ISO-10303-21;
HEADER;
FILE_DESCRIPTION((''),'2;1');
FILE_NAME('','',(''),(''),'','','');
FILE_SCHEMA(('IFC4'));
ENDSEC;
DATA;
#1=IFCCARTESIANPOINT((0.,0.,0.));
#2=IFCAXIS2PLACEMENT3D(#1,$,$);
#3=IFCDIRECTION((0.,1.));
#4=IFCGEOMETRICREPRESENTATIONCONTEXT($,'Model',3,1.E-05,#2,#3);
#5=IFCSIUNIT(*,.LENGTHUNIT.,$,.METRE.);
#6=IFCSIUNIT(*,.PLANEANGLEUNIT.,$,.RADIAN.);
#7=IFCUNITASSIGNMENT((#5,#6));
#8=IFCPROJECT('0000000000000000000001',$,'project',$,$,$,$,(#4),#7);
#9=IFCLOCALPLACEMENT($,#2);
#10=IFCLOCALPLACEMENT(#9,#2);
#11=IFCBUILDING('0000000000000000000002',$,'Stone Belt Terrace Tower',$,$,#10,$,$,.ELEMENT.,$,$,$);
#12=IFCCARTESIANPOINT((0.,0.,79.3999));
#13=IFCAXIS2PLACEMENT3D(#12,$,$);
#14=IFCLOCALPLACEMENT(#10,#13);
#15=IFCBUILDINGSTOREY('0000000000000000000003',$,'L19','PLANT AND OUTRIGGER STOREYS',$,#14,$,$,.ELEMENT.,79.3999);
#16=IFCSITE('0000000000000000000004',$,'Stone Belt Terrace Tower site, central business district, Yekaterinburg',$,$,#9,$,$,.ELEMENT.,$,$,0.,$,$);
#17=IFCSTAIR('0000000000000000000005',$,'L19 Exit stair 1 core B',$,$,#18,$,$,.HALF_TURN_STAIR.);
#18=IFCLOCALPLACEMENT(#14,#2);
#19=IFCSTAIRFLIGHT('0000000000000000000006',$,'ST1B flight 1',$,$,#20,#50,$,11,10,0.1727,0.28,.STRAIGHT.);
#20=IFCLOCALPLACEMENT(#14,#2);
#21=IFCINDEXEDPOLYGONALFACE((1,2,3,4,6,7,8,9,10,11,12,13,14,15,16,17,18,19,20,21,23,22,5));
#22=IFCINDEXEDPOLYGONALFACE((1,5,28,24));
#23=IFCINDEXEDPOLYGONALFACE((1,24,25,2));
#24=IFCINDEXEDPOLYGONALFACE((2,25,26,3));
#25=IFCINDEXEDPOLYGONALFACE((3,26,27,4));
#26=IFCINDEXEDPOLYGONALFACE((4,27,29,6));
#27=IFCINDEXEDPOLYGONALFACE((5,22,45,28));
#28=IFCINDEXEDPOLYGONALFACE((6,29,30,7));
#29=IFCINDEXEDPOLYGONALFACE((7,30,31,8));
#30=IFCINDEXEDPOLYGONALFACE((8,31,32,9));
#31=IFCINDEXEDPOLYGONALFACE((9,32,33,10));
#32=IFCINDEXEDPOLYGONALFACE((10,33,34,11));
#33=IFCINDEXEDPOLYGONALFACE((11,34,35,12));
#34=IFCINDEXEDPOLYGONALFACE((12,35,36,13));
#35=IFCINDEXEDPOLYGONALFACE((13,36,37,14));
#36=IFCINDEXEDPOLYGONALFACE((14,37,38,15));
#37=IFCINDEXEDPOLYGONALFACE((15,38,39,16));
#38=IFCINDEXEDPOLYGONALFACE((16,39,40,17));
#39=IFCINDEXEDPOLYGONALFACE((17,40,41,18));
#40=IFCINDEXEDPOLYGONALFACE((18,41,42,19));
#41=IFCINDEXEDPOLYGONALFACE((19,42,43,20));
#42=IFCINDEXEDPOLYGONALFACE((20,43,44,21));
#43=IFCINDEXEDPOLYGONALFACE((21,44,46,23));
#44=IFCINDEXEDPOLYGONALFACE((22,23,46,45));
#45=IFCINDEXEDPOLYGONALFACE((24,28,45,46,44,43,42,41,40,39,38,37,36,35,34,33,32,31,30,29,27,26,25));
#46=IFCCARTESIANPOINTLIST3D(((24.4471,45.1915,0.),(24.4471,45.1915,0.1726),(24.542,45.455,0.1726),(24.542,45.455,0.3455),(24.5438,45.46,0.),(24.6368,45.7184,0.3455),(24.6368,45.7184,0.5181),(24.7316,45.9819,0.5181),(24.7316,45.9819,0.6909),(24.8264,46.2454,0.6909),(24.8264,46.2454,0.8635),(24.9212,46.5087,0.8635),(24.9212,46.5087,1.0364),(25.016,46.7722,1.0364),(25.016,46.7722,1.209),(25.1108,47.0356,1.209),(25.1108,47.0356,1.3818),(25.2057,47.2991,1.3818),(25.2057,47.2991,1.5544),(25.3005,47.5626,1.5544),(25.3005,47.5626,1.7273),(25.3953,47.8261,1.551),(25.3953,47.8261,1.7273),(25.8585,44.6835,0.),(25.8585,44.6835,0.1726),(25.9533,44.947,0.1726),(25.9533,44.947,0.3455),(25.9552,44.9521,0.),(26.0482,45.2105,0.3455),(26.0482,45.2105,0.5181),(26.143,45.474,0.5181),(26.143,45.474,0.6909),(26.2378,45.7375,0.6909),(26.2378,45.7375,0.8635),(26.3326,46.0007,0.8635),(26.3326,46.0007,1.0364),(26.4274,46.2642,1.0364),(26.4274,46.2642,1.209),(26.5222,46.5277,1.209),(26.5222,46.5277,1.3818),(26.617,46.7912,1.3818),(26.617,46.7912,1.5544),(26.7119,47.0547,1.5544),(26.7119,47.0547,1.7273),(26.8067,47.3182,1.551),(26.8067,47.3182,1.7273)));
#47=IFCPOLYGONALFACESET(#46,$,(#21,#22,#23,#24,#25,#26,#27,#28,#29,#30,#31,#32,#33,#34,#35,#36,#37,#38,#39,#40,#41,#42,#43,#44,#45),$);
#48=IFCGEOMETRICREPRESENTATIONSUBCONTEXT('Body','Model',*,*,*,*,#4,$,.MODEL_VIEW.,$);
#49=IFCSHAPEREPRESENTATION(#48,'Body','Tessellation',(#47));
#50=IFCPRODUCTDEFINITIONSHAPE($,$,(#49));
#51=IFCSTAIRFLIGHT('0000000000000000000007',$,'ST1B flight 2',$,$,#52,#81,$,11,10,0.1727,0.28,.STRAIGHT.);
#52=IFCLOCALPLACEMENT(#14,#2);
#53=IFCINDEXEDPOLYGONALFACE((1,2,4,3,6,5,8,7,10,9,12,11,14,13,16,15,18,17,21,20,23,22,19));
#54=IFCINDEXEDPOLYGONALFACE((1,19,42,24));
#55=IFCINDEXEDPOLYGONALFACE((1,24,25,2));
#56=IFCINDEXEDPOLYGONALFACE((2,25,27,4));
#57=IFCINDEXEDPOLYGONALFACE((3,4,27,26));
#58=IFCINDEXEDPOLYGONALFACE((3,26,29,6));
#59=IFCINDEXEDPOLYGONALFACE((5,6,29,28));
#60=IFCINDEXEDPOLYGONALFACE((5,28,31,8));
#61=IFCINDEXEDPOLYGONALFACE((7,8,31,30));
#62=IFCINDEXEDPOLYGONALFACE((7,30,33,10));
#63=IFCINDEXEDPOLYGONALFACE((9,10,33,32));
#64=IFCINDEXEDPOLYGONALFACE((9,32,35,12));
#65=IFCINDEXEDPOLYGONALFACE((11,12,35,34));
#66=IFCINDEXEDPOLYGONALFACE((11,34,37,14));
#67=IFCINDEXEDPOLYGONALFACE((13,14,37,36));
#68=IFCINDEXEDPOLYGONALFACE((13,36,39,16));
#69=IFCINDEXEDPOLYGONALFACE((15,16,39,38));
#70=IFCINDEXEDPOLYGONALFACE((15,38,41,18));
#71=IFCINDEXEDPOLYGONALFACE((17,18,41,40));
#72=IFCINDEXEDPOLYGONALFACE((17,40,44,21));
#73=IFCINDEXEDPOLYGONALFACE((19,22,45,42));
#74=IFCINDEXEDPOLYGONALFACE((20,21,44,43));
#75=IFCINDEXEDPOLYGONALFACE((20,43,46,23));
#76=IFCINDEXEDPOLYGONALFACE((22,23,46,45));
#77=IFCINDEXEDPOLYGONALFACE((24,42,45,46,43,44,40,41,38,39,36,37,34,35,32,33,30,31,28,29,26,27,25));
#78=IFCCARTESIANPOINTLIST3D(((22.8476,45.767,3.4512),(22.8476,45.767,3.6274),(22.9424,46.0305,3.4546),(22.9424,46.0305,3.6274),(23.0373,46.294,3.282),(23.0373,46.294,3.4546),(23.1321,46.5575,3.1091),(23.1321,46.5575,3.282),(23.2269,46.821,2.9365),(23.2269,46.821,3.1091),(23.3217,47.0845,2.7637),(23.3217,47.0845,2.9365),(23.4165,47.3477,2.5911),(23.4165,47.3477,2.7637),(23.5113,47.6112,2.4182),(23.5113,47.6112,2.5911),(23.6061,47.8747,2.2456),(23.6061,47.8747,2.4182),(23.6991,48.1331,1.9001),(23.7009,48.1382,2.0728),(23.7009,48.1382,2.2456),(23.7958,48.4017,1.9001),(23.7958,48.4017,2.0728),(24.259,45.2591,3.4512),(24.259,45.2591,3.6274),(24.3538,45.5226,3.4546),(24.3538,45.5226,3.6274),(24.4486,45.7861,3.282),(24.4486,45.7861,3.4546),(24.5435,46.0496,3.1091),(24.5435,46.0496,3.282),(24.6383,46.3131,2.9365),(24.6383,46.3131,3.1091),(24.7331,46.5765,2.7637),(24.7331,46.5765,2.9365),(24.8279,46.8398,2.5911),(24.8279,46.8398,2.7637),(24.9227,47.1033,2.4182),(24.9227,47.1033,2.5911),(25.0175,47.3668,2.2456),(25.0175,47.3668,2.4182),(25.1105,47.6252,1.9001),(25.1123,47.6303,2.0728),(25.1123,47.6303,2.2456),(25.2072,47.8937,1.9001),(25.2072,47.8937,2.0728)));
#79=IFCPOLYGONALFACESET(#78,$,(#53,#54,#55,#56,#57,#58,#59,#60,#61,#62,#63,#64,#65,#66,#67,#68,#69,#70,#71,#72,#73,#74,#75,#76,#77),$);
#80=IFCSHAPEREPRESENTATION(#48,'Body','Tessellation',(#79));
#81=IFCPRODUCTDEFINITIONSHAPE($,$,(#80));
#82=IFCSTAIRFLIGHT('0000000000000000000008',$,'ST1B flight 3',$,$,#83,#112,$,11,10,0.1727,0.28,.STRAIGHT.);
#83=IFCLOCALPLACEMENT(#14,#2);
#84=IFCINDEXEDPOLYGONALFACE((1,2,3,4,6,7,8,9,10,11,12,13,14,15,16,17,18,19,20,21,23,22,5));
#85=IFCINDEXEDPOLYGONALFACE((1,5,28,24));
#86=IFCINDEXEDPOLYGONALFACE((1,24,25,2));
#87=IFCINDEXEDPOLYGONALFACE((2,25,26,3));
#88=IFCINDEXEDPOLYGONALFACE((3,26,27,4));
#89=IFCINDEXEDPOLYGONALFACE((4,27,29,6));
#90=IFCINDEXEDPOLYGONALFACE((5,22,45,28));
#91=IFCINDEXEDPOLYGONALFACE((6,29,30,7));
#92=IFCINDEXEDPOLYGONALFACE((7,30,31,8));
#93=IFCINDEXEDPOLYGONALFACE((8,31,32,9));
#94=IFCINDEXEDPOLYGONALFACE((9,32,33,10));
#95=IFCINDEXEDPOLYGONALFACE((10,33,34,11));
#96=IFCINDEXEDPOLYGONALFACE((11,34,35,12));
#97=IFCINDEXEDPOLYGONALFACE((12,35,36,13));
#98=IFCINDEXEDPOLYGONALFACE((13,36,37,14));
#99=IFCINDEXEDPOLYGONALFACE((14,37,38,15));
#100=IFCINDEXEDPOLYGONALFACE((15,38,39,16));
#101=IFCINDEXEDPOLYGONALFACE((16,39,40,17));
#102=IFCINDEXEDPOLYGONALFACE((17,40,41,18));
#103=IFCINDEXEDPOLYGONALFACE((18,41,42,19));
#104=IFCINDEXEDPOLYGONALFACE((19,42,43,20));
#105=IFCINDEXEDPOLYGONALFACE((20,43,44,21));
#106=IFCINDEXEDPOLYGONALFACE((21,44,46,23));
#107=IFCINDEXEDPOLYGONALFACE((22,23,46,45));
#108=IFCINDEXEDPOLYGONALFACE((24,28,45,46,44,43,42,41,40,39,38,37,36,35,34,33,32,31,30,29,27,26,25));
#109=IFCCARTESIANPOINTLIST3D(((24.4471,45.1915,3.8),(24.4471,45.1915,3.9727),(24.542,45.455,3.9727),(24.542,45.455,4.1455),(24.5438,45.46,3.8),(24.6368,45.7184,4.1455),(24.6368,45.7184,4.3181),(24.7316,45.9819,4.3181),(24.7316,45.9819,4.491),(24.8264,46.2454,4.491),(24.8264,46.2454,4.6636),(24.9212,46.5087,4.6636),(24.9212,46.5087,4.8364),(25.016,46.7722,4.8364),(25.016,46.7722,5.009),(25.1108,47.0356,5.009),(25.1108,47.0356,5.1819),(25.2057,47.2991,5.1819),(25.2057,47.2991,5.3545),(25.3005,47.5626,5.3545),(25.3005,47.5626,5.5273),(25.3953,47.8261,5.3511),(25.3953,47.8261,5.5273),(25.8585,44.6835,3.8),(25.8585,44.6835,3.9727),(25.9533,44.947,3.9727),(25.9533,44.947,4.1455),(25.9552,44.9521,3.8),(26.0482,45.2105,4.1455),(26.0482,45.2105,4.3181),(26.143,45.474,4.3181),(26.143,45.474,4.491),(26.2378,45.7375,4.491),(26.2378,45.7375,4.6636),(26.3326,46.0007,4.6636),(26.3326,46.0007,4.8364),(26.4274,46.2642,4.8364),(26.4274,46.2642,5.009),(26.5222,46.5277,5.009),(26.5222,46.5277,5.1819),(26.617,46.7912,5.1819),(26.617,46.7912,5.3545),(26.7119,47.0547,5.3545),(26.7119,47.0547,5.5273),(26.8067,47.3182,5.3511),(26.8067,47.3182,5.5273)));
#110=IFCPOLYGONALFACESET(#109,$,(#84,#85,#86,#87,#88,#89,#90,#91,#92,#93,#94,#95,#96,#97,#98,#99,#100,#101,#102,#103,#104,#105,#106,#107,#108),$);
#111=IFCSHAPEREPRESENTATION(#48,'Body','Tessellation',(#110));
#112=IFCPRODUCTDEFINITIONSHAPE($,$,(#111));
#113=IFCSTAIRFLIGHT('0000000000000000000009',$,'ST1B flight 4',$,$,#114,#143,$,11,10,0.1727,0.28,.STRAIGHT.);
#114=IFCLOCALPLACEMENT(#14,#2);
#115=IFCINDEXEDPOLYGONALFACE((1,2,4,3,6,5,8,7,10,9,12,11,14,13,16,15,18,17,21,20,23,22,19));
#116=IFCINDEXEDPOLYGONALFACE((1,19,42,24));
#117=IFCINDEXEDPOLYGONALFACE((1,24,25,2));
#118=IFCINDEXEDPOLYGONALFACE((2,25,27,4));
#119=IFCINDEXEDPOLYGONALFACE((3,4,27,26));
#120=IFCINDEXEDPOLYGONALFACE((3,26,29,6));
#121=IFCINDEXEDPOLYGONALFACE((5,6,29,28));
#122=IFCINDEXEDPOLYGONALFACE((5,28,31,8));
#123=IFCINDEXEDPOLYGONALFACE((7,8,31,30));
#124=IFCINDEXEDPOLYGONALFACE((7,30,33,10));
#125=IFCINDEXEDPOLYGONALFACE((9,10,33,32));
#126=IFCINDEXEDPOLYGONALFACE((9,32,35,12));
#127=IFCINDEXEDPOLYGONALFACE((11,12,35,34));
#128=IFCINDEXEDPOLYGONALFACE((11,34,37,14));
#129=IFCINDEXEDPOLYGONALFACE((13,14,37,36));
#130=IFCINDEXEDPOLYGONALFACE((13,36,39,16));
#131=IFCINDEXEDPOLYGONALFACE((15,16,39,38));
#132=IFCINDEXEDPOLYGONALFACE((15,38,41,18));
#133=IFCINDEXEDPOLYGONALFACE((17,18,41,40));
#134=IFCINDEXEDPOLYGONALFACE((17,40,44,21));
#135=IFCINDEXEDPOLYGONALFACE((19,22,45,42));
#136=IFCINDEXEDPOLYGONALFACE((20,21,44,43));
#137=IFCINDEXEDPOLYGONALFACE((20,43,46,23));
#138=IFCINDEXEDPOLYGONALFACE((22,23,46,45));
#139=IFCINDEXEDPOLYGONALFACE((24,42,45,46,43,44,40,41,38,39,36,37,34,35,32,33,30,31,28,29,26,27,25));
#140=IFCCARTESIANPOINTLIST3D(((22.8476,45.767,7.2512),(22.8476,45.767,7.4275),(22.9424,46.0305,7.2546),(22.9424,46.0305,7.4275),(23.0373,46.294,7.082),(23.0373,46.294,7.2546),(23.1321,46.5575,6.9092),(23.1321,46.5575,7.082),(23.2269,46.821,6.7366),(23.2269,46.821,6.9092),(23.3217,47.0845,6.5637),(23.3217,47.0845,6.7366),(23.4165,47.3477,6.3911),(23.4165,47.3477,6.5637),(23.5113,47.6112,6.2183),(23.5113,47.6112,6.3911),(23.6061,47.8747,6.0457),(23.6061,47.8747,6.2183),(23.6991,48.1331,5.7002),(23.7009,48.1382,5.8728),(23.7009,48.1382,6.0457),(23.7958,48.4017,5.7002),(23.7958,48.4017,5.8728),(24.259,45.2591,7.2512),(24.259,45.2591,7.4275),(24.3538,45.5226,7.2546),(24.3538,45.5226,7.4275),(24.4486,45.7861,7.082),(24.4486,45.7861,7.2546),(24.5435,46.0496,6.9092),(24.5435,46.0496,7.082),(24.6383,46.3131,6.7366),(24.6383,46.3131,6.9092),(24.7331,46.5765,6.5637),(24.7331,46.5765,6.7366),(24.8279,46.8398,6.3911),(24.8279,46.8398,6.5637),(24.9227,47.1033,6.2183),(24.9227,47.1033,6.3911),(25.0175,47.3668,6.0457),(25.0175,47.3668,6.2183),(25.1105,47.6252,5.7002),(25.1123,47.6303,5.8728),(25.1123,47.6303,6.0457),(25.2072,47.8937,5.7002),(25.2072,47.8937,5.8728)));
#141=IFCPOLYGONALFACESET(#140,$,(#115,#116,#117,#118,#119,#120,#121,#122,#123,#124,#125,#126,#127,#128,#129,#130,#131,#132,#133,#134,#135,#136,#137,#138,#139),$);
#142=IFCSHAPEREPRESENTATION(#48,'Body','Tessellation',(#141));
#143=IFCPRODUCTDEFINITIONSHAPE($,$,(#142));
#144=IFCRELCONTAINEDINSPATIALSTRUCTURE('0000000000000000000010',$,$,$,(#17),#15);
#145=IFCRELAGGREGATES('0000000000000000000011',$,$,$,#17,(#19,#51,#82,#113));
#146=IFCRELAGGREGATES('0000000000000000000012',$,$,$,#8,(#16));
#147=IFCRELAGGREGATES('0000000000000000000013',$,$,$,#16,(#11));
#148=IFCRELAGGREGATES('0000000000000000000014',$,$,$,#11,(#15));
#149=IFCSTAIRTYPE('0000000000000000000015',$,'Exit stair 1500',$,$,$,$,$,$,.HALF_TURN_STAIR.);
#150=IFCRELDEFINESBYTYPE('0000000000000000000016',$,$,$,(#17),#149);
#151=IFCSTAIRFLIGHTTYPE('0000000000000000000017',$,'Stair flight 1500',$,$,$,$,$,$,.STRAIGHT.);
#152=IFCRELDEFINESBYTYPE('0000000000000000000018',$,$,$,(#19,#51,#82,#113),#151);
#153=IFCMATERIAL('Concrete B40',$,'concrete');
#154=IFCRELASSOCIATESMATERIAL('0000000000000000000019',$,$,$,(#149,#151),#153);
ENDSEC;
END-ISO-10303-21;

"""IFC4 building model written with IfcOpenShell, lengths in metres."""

from ifc_helpers import new_model, si_unit, direction, frame, origin, place, context, subcontext, project, spatial, polyline, outline, extrude, material, type_object, element, aggregate, save


model = new_model("IFC4")

# Units and contexts
model_context = context("Model", 3, precision=1e-05, world=origin(), true_north=direction((0.0, 1.0)))
body_context = subcontext(model_context, "Body", "Model", "MODEL_VIEW")
ifc_project = project(units=[si_unit("LENGTHUNIT", "METRE"), si_unit("PLANEANGLEUNIT", "RADIAN")], contexts=[model_context])

# Site, building, storey
site_placement = place(None, origin())
site = spatial("IfcSite", under=ifc_project, at=site_placement, Name="Stone Belt Terrace Tower site, central business district, Yekaterinburg", CompositionType="ELEMENT", RefElevation=0.0)
building_placement = place(site_placement, origin())
building = spatial("IfcBuilding", under=site, at=building_placement, Name="Stone Belt Terrace Tower", CompositionType="ELEMENT")
storey_placement = place(building_placement, frame((0.0, 0.0, 79.3999)))
storey = spatial("IfcBuildingStorey", under=building, at=storey_placement, Name="L19", Description="PLANT AND OUTRIGGER STOREYS", CompositionType="ELEMENT", Elevation=79.3999)

# Stair, stair flights
ifc_material_1 = material(Name="Concrete B40", Category="concrete")
stair_type = type_object("IfcStairType", Name="Exit stair 1500", PredefinedType="HALF_TURN_STAIR", material=ifc_material_1)
stair_placement = place(storey_placement, origin())
stair = element("IfcStair", 1, at=stair_placement, inside=storey, type_object=stair_type, Name="L19 Exit stair 1 core B", PredefinedType="HALF_TURN_STAIR")
stair_flight_type = type_object("IfcStairFlightType", Name="Stair flight 1500", PredefinedType="STRAIGHT", material=ifc_material_1)
stair_flight_1_placement = place(storey_placement, frame((25.1528, 44.9375, 0.0), z_axis=(0.0, 0.0, 1.0), x_axis=(0.338624, 0.940922, 0.0)))
stair_flight_1 = element("IfcStairFlight", 2, at=stair_flight_1_placement, type_object=stair_flight_type, Name="ST1B flight 1", NumberOfRisers=11, NumberOfTreads=10, PredefinedType="STRAIGHT", RiserHeight=0.1727, TreadLength=0.28, context=body_context, shape_type="SweptSolid", body=[
    extrude(outline(polyline([(0.0, 0.0), (0.0, 0.1726), (0.28, 0.1726), (0.28, 0.3455), (0.5601, 0.3455), (0.5601, 0.5181), (0.8401, 0.5181), (0.8401, 0.6909), (1.1201, 0.6909), (1.1201, 0.8635), (1.3999, 0.8635), (1.3999, 1.0364), (1.6799, 1.0364), (1.6799, 1.209), (1.96, 1.209), (1.96, 1.3818), (2.24, 1.3818), (2.24, 1.5544), (2.52, 1.5544), (2.52, 1.7273), (2.8, 1.7273), (2.8, 1.8999), (2.8, 1.551), (0.2854, 0.0), (0.0, 0.0)])), frame((0.0, 0.75, 0.0), z_axis=(0.0, -1.0, 0.0), x_axis=(1.0, 0.0, 0.0)), (0.0, 0.0, 1.0), 1.5),
])
stair_flight_2_placement = place(storey_placement, frame((24.5015, 48.1477, 1.9001), z_axis=(0.0, 0.0, 1.0), x_axis=(-0.338624, -0.940922, 0.0)))
stair_flight_2 = element("IfcStairFlight", 3, at=stair_flight_2_placement, type_object=stair_flight_type, Name="ST1B flight 2", NumberOfRisers=11, NumberOfTreads=10, PredefinedType="STRAIGHT", RiserHeight=0.1727, TreadLength=0.28, context=body_context, shape_type="SweptSolid", body=[
    extrude(outline(polyline([(0.0, 0.0), (0.0, 0.1726), (0.28, 0.1726), (0.28, 0.3455), (0.5601, 0.3455), (0.5601, 0.5181), (0.8401, 0.5181), (0.8401, 0.6909), (1.1201, 0.6909), (1.1201, 0.8635), (1.3999, 0.8635), (1.3999, 1.0364), (1.6799, 1.0364), (1.6799, 1.209), (1.96, 1.209), (1.96, 1.3818), (2.24, 1.3818), (2.24, 1.5544), (2.52, 1.5544), (2.52, 1.7273), (2.8, 1.7273), (2.8, 1.8999), (2.8, 1.551), (0.2854, 0.0), (0.0, 0.0)])), frame((0.0, 0.75, 0.0), z_axis=(0.0, -1.0, 0.0), x_axis=(1.0, 0.0, 0.0)), (0.0, 0.0, 1.0), 1.5),
])
stair_flight_3_placement = place(storey_placement, frame((25.1528, 44.9375, 3.8), z_axis=(0.0, 0.0, 1.0), x_axis=(0.338624, 0.940922, 0.0)))
stair_flight_3 = element("IfcStairFlight", 4, at=stair_flight_3_placement, type_object=stair_flight_type, Name="ST1B flight 3", NumberOfRisers=11, NumberOfTreads=10, PredefinedType="STRAIGHT", RiserHeight=0.1727, TreadLength=0.28, context=body_context, shape_type="SweptSolid", body=[
    extrude(outline(polyline([(0.0, 0.0), (0.0, 0.1726), (0.28, 0.1726), (0.28, 0.3455), (0.5601, 0.3455), (0.5601, 0.5181), (0.8401, 0.5181), (0.8401, 0.6909), (1.1201, 0.6909), (1.1201, 0.8635), (1.3999, 0.8635), (1.3999, 1.0364), (1.6799, 1.0364), (1.6799, 1.209), (1.96, 1.209), (1.96, 1.3818), (2.24, 1.3818), (2.24, 1.5544), (2.52, 1.5544), (2.52, 1.7273), (2.8, 1.7273), (2.8, 1.8999), (2.8, 1.551), (0.2854, 0.0), (0.0, 0.0)])), frame((0.0, 0.75, 0.0), z_axis=(0.0, -1.0, 0.0), x_axis=(1.0, 0.0, 0.0)), (0.0, 0.0, 1.0), 1.5),
])
stair_flight_4_placement = place(storey_placement, frame((24.5015, 48.1477, 5.7002), z_axis=(0.0, 0.0, 1.0), x_axis=(-0.338624, -0.940922, 0.0)))
stair_flight_4 = element("IfcStairFlight", 5, at=stair_flight_4_placement, type_object=stair_flight_type, Name="ST1B flight 4", NumberOfRisers=11, NumberOfTreads=10, PredefinedType="STRAIGHT", RiserHeight=0.1727, TreadLength=0.28, context=body_context, shape_type="SweptSolid", body=[
    extrude(outline(polyline([(0.0, 0.0), (0.0, 0.1726), (0.28, 0.1726), (0.28, 0.3455), (0.5601, 0.3455), (0.5601, 0.5181), (0.8401, 0.5181), (0.8401, 0.6909), (1.1201, 0.6909), (1.1201, 0.8635), (1.3999, 0.8635), (1.3999, 1.0364), (1.6799, 1.0364), (1.6799, 1.209), (1.96, 1.209), (1.96, 1.3818), (2.24, 1.3818), (2.24, 1.5544), (2.52, 1.5544), (2.52, 1.7273), (2.8, 1.7273), (2.8, 1.8999), (2.8, 1.551), (0.2854, 0.0), (0.0, 0.0)])), frame((0.0, 0.75, 0.0), z_axis=(0.0, -1.0, 0.0), x_axis=(1.0, 0.0, 0.0)), (0.0, 0.0, 1.0), 1.5),
])
aggregate(stair, [stair_flight_1, stair_flight_2, stair_flight_3, stair_flight_4])

save(model, "model.ifc")
